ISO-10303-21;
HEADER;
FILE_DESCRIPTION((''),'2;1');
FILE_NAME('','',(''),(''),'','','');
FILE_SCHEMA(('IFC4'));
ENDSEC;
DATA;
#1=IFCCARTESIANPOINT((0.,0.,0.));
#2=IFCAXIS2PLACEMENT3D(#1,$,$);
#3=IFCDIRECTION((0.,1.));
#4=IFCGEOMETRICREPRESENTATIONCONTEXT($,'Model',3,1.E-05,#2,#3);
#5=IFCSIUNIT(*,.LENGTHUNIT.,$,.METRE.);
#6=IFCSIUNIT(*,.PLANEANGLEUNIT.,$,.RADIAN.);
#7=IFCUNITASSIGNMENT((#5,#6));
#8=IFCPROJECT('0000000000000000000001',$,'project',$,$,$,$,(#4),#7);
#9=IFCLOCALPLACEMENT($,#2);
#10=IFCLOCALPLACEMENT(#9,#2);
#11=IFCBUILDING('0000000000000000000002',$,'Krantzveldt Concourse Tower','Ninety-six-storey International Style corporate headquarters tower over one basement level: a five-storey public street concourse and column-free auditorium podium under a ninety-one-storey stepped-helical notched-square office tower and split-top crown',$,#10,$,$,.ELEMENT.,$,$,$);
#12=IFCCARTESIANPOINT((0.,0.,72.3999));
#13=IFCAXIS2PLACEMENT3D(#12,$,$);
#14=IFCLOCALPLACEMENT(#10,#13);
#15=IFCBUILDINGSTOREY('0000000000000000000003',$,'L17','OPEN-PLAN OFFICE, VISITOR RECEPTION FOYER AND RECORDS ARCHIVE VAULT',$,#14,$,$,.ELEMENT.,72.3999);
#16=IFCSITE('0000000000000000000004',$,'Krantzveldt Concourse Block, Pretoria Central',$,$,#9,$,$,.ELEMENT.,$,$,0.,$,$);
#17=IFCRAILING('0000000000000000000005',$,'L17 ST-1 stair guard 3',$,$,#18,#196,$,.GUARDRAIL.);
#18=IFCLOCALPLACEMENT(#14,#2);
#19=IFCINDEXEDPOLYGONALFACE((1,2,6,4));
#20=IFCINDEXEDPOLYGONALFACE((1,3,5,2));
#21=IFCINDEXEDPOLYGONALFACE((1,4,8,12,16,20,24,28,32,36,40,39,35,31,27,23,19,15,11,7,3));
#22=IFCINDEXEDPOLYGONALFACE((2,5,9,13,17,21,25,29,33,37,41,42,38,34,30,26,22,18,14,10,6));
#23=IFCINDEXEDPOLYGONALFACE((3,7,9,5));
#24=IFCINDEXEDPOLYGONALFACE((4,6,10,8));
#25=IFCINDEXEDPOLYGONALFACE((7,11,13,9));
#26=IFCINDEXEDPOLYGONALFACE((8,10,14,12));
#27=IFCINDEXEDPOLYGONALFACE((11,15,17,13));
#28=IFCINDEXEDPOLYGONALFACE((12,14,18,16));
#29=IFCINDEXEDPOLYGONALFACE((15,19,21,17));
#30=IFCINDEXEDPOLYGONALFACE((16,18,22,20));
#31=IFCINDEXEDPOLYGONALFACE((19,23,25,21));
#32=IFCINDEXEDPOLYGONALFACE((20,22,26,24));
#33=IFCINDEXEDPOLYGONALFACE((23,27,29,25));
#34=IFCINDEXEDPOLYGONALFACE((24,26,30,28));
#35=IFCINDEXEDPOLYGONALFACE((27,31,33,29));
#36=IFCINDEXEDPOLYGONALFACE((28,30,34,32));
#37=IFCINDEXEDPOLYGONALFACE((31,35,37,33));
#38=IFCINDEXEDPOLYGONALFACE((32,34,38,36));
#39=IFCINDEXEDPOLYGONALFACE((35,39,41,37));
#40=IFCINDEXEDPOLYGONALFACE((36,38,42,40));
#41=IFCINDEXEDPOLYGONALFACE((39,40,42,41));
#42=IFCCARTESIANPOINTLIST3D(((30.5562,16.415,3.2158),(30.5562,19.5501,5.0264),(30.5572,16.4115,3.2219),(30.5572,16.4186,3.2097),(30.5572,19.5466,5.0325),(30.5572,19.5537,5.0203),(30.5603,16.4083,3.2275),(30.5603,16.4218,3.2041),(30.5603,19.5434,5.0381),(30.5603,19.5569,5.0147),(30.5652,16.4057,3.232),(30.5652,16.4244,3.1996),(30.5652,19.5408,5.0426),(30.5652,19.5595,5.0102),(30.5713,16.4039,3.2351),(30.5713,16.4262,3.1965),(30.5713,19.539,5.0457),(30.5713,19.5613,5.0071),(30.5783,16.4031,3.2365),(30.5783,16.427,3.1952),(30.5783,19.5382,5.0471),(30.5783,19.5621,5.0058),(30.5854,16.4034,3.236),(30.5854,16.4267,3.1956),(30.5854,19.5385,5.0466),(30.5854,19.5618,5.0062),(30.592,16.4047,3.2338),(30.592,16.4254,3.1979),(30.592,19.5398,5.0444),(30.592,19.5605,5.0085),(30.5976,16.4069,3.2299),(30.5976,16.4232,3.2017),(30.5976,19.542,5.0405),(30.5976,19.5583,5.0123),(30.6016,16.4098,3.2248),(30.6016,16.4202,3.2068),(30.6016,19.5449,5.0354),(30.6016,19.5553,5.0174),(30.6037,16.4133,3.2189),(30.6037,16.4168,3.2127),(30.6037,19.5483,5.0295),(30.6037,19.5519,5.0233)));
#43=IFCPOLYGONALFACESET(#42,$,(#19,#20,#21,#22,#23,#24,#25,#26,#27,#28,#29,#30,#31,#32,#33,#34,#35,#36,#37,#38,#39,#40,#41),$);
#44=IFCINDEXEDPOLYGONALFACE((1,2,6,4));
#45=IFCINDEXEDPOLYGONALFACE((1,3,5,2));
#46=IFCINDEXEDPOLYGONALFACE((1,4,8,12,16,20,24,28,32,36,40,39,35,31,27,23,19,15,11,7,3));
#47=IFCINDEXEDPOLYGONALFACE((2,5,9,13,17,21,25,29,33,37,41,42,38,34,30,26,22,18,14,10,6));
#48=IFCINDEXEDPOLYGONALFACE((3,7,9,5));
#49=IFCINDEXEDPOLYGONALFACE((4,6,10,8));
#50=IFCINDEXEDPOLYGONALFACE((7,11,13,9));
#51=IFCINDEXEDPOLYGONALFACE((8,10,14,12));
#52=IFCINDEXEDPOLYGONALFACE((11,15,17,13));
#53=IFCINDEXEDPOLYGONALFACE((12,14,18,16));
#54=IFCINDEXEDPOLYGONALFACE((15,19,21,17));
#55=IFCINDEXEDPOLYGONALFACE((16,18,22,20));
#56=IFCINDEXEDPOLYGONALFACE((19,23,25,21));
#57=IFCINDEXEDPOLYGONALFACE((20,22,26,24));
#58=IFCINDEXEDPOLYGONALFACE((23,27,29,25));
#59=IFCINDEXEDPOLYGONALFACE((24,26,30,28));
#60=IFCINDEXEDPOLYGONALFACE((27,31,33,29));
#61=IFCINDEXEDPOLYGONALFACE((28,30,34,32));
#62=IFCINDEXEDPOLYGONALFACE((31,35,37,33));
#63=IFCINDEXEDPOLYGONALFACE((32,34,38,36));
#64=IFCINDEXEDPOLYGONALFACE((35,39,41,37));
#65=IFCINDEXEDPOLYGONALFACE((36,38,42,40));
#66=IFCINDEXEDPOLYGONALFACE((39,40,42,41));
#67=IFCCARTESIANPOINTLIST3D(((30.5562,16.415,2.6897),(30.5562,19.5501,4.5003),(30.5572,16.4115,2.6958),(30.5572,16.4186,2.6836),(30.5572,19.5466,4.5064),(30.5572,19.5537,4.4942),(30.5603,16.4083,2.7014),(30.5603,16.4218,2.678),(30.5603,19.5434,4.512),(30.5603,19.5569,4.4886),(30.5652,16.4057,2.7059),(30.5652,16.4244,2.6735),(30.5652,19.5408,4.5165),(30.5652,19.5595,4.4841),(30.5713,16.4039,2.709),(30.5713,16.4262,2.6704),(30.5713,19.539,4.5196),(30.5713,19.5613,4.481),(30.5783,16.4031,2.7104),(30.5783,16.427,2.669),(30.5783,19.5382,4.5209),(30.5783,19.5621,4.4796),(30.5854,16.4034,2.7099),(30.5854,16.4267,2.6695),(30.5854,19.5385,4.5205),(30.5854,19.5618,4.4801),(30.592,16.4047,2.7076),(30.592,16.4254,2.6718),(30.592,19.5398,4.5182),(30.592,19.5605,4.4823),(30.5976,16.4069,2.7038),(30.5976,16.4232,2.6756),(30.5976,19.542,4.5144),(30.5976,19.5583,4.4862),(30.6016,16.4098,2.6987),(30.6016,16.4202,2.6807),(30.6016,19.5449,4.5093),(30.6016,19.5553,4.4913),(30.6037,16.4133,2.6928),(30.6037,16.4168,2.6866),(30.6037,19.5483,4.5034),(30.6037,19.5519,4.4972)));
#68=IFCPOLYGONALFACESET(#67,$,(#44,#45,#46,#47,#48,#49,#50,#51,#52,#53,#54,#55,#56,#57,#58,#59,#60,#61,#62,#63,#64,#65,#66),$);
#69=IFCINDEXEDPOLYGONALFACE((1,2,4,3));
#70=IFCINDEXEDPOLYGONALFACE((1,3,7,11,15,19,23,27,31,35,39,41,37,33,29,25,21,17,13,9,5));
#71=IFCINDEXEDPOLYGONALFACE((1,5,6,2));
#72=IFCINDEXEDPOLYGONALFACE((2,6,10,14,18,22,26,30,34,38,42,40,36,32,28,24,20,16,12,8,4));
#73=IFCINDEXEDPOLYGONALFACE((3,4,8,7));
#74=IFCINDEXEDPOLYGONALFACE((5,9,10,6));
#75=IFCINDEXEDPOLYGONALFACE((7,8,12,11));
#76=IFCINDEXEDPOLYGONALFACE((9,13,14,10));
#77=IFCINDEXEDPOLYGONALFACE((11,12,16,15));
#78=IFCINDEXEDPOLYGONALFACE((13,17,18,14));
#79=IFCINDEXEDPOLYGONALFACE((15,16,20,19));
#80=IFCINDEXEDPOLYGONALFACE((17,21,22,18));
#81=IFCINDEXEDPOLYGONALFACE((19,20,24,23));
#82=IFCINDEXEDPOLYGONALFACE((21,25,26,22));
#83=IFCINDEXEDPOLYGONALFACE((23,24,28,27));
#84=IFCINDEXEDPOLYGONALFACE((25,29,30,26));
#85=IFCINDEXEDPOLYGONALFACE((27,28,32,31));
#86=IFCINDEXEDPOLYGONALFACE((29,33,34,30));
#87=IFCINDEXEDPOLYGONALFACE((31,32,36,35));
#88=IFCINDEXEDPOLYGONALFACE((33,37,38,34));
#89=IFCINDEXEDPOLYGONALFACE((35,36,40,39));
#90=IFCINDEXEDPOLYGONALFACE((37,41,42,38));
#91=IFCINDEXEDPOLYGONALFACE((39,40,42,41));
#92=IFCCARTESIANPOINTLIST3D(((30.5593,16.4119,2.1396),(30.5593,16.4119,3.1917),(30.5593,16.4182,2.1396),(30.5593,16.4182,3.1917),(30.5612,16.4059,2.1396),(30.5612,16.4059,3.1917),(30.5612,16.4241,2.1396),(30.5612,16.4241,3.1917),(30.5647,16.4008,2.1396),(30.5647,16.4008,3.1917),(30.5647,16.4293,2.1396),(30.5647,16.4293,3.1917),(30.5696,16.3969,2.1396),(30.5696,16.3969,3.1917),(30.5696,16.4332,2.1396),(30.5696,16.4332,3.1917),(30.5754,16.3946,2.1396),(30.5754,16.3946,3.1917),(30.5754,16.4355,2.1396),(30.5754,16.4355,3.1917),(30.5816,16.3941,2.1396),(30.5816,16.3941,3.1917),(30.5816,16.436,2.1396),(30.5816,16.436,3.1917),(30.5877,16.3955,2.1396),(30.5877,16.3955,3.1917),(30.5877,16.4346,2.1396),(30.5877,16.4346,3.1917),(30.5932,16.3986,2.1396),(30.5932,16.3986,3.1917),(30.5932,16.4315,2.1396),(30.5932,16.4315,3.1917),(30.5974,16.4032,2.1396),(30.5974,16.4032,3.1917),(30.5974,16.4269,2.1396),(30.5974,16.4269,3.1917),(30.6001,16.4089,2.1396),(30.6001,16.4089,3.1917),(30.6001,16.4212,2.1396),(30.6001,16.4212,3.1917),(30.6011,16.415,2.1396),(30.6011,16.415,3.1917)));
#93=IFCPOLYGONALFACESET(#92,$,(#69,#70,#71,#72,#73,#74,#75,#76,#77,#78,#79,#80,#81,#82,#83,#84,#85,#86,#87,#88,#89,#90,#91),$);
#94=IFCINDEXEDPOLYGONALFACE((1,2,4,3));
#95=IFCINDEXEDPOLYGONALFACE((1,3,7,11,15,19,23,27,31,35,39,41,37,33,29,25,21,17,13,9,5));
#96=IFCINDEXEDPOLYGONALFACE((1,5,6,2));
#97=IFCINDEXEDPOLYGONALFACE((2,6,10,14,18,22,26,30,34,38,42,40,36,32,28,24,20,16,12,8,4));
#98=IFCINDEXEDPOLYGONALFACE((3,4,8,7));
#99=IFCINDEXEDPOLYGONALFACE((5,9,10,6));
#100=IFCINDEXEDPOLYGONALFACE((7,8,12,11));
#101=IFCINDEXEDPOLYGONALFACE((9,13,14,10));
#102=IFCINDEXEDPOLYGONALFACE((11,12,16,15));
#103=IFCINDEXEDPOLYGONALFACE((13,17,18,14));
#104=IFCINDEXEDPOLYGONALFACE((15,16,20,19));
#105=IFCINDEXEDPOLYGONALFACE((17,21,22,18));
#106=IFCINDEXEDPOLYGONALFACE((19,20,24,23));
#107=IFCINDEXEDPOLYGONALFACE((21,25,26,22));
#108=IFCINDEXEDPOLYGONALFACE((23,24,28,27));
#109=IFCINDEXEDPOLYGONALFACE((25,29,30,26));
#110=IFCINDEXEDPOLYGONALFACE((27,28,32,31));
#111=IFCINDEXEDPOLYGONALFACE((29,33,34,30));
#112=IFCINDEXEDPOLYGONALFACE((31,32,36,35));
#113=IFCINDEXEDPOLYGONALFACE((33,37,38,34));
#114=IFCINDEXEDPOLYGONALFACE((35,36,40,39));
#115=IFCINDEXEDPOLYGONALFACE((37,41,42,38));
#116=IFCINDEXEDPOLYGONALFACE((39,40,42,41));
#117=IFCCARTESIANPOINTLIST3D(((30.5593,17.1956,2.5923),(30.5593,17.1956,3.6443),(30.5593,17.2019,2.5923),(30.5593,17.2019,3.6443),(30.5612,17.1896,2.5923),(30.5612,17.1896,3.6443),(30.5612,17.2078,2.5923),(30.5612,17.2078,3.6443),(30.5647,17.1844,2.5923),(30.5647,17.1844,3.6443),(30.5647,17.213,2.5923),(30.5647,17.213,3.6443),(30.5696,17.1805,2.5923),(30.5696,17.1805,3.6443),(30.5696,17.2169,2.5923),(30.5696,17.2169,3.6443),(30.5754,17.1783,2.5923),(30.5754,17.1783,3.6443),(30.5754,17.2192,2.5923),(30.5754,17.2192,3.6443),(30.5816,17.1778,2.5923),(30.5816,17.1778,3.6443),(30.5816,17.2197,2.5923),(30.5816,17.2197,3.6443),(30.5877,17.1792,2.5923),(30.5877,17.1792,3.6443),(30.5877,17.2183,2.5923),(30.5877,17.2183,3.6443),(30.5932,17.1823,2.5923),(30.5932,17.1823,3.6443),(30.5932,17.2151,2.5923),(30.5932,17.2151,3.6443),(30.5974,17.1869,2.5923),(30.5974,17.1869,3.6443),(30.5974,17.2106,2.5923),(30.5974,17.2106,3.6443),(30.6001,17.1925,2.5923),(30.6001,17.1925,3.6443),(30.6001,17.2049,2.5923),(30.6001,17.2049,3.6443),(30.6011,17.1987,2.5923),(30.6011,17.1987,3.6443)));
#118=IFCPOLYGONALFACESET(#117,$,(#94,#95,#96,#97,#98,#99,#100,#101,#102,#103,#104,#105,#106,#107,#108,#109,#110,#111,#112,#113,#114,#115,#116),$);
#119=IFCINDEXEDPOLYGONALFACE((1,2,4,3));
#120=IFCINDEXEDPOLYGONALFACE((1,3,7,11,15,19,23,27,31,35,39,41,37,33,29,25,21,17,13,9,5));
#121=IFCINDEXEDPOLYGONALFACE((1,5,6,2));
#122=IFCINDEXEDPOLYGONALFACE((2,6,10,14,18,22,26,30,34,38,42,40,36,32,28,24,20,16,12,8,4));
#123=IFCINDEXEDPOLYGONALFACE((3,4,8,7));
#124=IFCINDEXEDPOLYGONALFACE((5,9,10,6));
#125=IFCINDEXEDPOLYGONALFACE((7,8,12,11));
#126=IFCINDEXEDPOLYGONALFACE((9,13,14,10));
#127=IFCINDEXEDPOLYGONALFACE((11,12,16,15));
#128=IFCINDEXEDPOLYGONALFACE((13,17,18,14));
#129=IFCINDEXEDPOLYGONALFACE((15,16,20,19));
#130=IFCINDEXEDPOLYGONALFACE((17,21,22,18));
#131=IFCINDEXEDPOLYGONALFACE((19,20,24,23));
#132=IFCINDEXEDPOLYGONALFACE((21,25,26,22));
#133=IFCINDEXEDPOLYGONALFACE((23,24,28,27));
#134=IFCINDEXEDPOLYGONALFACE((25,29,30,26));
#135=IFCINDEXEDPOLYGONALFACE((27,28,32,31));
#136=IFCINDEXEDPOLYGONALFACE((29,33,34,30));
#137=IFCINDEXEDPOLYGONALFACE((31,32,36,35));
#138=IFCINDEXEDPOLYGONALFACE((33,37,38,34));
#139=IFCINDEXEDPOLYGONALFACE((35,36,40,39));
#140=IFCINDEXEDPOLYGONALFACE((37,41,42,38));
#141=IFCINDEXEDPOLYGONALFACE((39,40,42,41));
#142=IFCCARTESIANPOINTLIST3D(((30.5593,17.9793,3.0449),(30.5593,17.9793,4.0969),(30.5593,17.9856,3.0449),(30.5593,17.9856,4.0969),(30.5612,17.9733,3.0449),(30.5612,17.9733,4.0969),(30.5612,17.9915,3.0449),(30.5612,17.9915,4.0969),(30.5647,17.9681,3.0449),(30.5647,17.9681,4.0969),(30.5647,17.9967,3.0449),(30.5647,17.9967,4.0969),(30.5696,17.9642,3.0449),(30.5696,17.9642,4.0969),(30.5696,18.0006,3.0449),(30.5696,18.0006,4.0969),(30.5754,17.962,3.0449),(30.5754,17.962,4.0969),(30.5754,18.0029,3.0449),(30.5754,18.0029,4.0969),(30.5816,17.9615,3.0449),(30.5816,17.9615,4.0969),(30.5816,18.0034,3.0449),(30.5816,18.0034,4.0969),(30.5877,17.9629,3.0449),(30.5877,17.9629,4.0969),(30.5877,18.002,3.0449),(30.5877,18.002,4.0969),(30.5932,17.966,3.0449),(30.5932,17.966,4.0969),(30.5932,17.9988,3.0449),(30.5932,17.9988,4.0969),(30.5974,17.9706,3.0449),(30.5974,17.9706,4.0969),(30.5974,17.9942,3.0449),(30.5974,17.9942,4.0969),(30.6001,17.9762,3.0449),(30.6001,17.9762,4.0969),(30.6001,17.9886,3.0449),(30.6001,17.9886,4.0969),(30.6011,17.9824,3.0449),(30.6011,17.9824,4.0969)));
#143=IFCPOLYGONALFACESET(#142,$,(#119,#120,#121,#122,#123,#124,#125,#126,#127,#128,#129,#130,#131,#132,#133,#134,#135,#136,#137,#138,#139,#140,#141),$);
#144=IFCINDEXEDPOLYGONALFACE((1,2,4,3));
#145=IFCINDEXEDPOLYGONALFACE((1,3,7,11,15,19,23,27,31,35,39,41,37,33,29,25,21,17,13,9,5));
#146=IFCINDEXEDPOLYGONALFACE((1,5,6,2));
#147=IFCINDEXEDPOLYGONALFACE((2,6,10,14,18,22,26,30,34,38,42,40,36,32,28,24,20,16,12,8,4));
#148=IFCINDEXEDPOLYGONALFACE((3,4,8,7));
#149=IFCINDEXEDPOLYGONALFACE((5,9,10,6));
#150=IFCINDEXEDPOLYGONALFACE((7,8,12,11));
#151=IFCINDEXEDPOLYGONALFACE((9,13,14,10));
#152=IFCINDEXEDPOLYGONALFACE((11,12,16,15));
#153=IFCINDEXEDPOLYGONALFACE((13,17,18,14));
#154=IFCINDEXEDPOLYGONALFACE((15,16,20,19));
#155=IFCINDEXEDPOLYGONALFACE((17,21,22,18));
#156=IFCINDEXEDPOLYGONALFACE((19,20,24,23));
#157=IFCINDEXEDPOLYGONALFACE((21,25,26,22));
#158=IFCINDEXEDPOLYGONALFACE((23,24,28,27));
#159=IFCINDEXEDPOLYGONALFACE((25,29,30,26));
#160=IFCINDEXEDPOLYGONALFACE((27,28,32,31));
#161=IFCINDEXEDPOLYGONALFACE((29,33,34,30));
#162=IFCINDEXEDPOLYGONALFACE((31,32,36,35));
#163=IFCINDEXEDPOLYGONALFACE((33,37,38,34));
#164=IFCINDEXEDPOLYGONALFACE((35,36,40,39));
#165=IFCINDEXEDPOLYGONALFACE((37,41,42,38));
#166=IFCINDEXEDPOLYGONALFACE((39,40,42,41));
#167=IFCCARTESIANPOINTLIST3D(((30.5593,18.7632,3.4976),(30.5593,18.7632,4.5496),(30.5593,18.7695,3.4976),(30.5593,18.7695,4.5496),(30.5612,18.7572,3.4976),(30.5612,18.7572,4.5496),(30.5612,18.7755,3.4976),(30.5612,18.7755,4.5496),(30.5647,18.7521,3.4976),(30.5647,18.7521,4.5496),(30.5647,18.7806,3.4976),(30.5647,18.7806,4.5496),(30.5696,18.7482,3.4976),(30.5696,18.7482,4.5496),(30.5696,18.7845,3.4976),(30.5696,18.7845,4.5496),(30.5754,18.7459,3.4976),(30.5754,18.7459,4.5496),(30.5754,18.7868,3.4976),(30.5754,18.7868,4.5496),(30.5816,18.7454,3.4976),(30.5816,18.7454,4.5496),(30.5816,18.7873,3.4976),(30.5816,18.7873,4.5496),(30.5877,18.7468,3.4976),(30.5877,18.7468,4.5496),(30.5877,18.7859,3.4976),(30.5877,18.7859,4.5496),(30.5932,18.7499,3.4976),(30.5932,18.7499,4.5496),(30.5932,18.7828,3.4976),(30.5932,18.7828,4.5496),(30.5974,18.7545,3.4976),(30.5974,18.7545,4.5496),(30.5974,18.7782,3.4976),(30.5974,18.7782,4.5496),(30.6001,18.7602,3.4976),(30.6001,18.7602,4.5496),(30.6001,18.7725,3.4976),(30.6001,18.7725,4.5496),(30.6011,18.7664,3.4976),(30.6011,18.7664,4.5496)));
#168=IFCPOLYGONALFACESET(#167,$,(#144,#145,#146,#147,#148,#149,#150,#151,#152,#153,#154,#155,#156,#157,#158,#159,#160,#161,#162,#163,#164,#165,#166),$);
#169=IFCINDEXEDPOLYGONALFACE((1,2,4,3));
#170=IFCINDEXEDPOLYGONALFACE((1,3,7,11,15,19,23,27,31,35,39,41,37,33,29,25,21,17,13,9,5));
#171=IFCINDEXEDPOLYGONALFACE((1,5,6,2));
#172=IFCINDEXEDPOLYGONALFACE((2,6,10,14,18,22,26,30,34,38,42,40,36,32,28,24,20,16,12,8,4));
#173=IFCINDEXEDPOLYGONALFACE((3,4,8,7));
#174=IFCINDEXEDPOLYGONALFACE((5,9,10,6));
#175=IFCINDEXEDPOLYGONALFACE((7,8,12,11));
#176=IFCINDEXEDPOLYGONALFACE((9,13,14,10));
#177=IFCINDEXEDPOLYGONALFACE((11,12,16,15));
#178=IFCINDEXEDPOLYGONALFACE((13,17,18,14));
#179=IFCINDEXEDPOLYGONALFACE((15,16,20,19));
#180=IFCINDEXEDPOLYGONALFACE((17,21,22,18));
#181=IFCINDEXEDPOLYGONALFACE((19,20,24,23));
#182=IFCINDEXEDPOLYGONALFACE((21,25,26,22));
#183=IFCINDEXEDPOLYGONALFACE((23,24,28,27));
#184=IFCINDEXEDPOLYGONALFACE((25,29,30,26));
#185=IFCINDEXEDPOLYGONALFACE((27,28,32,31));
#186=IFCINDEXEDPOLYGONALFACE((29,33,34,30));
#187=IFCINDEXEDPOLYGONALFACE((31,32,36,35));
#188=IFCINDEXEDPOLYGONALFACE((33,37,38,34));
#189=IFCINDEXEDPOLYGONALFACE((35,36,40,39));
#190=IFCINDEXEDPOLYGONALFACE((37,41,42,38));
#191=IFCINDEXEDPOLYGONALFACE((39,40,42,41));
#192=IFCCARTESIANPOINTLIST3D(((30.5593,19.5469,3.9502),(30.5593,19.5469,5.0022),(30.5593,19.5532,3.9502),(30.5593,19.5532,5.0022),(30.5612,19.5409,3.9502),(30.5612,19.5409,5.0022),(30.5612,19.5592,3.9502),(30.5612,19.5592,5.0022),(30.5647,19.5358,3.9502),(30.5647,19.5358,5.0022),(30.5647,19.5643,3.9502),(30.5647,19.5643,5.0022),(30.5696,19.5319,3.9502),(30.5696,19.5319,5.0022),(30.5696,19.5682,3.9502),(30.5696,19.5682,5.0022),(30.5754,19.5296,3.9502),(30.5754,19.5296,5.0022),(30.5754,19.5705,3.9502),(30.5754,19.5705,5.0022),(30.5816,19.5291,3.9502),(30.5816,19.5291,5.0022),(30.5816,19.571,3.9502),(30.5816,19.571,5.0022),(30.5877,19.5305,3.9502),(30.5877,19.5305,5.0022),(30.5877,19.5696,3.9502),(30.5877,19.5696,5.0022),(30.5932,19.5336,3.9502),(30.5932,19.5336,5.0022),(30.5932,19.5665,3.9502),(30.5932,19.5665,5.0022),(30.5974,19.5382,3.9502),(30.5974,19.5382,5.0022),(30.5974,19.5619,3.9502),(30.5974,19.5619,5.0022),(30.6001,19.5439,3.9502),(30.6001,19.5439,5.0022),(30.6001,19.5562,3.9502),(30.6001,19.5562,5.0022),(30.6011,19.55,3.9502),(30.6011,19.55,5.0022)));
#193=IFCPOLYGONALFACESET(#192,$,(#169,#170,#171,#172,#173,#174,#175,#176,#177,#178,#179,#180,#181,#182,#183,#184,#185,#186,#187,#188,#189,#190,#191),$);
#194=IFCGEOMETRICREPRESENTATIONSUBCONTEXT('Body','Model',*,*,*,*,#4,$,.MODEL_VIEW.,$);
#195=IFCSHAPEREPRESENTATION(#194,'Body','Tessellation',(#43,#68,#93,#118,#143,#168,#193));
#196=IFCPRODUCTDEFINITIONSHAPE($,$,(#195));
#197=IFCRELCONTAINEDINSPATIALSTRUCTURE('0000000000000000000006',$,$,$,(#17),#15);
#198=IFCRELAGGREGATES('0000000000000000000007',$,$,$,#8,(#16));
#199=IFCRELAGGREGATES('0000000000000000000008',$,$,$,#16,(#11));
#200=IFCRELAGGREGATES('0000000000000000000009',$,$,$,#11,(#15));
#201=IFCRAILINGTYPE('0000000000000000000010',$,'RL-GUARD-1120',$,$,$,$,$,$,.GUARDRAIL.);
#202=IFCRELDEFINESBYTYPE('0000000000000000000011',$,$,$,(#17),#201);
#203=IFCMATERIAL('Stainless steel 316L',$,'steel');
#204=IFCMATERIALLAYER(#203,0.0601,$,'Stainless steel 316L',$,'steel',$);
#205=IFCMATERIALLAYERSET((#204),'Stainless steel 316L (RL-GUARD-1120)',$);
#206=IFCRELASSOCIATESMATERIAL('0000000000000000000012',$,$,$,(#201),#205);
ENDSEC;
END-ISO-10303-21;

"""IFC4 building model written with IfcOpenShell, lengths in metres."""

from ifc_helpers import new_model, si_unit, direction, frame, origin, origin_2d, place, context, subcontext, project, spatial, circle, extrude, material, layer, layer_set, type_object, element, save


model = new_model("IFC4")

# Units and contexts
model_context = context("Model", 3, precision=1e-05, world=origin(), true_north=direction((0.0, 1.0)))
body_context = subcontext(model_context, "Body", "Model", "MODEL_VIEW")
ifc_project = project(units=[si_unit("LENGTHUNIT", "METRE"), si_unit("PLANEANGLEUNIT", "RADIAN")], contexts=[model_context])

# Site, building, storey
site_placement = place(None, origin())
site = spatial("IfcSite", under=ifc_project, at=site_placement, Name="Krantzveldt Concourse Block, Pretoria Central", CompositionType="ELEMENT", RefElevation=0.0)
building_placement = place(site_placement, origin())
building = spatial("IfcBuilding", under=site, at=building_placement, Name="Krantzveldt Concourse Tower", Description="Ninety-six-storey International Style corporate headquarters tower over one basement level: a five-storey public street concourse and column-free auditorium podium under a ninety-one-storey stepped-helical notched-square office tower and split-top crown", CompositionType="ELEMENT")
storey_placement = place(building_placement, frame((0.0, 0.0, 72.3999)))
storey = spatial("IfcBuildingStorey", under=building, at=storey_placement, Name="L17", Description="OPEN-PLAN OFFICE, VISITOR RECEPTION FOYER AND RECORDS ARCHIVE VAULT", CompositionType="ELEMENT", Elevation=72.3999)

# Railing
ifc_material_1 = material(Name="Stainless steel 316L", Category="steel")
ifc_layer_1 = layer(ifc_material_1, 0.0601, Name="Stainless steel 316L", Category="steel")
ifc_layer_set_1 = layer_set([ifc_layer_1], Name="Stainless steel 316L (RL-GUARD-1120)")
railing_type_1 = type_object("IfcRailingType", Name="RL-GUARD-1120", PredefinedType="GUARDRAIL", material=ifc_layer_set_1)
railing_1_placement = place(storey_placement, frame((30.5801, 16.415, 2.1396)))
element("IfcRailing", 1, at=railing_1_placement, inside=storey, type_object=railing_type_1, Name="L17 ST-1 stair guard 3", PredefinedType="GUARDRAIL", context=body_context, shape_type="SweptSolid", body=[
    extrude(circle(Radius=0.0239, at=origin_2d()), frame((0.0, 0.0, 1.0762), z_axis=(0.0, 0.86596, 0.500114), x_axis=(-1.0, 0.0, 0.0)), (0.0, 0.0, 1.0), 3.6204),
    extrude(circle(Radius=0.0239, at=origin_2d()), frame((0.0, 0.0, 0.55), z_axis=(0.0, 0.86596, 0.500114), x_axis=(-1.0, 0.0, 0.0)), (0.0, 0.0, 1.0), 3.6204),
    extrude(circle(Radius=0.021, at=origin_2d()), origin(), (0.0, 0.0, 1.0), 1.052),
    extrude(circle(Radius=0.021, at=origin_2d()), frame((0.0, 0.7837, 0.4526)), (0.0, 0.0, 1.0), 1.052),
    extrude(circle(Radius=0.021, at=origin_2d()), frame((0.0, 1.5674, 0.9053)), (0.0, 0.0, 1.0), 1.052),
    extrude(circle(Radius=0.021, at=origin_2d()), frame((0.0, 2.3513, 1.3579)), (0.0, 0.0, 1.0), 1.052),
    extrude(circle(Radius=0.021, at=origin_2d()), frame((0.0, 3.135, 1.8105)), (0.0, 0.0, 1.0), 1.052),
])

save(model, "model.ifc")
